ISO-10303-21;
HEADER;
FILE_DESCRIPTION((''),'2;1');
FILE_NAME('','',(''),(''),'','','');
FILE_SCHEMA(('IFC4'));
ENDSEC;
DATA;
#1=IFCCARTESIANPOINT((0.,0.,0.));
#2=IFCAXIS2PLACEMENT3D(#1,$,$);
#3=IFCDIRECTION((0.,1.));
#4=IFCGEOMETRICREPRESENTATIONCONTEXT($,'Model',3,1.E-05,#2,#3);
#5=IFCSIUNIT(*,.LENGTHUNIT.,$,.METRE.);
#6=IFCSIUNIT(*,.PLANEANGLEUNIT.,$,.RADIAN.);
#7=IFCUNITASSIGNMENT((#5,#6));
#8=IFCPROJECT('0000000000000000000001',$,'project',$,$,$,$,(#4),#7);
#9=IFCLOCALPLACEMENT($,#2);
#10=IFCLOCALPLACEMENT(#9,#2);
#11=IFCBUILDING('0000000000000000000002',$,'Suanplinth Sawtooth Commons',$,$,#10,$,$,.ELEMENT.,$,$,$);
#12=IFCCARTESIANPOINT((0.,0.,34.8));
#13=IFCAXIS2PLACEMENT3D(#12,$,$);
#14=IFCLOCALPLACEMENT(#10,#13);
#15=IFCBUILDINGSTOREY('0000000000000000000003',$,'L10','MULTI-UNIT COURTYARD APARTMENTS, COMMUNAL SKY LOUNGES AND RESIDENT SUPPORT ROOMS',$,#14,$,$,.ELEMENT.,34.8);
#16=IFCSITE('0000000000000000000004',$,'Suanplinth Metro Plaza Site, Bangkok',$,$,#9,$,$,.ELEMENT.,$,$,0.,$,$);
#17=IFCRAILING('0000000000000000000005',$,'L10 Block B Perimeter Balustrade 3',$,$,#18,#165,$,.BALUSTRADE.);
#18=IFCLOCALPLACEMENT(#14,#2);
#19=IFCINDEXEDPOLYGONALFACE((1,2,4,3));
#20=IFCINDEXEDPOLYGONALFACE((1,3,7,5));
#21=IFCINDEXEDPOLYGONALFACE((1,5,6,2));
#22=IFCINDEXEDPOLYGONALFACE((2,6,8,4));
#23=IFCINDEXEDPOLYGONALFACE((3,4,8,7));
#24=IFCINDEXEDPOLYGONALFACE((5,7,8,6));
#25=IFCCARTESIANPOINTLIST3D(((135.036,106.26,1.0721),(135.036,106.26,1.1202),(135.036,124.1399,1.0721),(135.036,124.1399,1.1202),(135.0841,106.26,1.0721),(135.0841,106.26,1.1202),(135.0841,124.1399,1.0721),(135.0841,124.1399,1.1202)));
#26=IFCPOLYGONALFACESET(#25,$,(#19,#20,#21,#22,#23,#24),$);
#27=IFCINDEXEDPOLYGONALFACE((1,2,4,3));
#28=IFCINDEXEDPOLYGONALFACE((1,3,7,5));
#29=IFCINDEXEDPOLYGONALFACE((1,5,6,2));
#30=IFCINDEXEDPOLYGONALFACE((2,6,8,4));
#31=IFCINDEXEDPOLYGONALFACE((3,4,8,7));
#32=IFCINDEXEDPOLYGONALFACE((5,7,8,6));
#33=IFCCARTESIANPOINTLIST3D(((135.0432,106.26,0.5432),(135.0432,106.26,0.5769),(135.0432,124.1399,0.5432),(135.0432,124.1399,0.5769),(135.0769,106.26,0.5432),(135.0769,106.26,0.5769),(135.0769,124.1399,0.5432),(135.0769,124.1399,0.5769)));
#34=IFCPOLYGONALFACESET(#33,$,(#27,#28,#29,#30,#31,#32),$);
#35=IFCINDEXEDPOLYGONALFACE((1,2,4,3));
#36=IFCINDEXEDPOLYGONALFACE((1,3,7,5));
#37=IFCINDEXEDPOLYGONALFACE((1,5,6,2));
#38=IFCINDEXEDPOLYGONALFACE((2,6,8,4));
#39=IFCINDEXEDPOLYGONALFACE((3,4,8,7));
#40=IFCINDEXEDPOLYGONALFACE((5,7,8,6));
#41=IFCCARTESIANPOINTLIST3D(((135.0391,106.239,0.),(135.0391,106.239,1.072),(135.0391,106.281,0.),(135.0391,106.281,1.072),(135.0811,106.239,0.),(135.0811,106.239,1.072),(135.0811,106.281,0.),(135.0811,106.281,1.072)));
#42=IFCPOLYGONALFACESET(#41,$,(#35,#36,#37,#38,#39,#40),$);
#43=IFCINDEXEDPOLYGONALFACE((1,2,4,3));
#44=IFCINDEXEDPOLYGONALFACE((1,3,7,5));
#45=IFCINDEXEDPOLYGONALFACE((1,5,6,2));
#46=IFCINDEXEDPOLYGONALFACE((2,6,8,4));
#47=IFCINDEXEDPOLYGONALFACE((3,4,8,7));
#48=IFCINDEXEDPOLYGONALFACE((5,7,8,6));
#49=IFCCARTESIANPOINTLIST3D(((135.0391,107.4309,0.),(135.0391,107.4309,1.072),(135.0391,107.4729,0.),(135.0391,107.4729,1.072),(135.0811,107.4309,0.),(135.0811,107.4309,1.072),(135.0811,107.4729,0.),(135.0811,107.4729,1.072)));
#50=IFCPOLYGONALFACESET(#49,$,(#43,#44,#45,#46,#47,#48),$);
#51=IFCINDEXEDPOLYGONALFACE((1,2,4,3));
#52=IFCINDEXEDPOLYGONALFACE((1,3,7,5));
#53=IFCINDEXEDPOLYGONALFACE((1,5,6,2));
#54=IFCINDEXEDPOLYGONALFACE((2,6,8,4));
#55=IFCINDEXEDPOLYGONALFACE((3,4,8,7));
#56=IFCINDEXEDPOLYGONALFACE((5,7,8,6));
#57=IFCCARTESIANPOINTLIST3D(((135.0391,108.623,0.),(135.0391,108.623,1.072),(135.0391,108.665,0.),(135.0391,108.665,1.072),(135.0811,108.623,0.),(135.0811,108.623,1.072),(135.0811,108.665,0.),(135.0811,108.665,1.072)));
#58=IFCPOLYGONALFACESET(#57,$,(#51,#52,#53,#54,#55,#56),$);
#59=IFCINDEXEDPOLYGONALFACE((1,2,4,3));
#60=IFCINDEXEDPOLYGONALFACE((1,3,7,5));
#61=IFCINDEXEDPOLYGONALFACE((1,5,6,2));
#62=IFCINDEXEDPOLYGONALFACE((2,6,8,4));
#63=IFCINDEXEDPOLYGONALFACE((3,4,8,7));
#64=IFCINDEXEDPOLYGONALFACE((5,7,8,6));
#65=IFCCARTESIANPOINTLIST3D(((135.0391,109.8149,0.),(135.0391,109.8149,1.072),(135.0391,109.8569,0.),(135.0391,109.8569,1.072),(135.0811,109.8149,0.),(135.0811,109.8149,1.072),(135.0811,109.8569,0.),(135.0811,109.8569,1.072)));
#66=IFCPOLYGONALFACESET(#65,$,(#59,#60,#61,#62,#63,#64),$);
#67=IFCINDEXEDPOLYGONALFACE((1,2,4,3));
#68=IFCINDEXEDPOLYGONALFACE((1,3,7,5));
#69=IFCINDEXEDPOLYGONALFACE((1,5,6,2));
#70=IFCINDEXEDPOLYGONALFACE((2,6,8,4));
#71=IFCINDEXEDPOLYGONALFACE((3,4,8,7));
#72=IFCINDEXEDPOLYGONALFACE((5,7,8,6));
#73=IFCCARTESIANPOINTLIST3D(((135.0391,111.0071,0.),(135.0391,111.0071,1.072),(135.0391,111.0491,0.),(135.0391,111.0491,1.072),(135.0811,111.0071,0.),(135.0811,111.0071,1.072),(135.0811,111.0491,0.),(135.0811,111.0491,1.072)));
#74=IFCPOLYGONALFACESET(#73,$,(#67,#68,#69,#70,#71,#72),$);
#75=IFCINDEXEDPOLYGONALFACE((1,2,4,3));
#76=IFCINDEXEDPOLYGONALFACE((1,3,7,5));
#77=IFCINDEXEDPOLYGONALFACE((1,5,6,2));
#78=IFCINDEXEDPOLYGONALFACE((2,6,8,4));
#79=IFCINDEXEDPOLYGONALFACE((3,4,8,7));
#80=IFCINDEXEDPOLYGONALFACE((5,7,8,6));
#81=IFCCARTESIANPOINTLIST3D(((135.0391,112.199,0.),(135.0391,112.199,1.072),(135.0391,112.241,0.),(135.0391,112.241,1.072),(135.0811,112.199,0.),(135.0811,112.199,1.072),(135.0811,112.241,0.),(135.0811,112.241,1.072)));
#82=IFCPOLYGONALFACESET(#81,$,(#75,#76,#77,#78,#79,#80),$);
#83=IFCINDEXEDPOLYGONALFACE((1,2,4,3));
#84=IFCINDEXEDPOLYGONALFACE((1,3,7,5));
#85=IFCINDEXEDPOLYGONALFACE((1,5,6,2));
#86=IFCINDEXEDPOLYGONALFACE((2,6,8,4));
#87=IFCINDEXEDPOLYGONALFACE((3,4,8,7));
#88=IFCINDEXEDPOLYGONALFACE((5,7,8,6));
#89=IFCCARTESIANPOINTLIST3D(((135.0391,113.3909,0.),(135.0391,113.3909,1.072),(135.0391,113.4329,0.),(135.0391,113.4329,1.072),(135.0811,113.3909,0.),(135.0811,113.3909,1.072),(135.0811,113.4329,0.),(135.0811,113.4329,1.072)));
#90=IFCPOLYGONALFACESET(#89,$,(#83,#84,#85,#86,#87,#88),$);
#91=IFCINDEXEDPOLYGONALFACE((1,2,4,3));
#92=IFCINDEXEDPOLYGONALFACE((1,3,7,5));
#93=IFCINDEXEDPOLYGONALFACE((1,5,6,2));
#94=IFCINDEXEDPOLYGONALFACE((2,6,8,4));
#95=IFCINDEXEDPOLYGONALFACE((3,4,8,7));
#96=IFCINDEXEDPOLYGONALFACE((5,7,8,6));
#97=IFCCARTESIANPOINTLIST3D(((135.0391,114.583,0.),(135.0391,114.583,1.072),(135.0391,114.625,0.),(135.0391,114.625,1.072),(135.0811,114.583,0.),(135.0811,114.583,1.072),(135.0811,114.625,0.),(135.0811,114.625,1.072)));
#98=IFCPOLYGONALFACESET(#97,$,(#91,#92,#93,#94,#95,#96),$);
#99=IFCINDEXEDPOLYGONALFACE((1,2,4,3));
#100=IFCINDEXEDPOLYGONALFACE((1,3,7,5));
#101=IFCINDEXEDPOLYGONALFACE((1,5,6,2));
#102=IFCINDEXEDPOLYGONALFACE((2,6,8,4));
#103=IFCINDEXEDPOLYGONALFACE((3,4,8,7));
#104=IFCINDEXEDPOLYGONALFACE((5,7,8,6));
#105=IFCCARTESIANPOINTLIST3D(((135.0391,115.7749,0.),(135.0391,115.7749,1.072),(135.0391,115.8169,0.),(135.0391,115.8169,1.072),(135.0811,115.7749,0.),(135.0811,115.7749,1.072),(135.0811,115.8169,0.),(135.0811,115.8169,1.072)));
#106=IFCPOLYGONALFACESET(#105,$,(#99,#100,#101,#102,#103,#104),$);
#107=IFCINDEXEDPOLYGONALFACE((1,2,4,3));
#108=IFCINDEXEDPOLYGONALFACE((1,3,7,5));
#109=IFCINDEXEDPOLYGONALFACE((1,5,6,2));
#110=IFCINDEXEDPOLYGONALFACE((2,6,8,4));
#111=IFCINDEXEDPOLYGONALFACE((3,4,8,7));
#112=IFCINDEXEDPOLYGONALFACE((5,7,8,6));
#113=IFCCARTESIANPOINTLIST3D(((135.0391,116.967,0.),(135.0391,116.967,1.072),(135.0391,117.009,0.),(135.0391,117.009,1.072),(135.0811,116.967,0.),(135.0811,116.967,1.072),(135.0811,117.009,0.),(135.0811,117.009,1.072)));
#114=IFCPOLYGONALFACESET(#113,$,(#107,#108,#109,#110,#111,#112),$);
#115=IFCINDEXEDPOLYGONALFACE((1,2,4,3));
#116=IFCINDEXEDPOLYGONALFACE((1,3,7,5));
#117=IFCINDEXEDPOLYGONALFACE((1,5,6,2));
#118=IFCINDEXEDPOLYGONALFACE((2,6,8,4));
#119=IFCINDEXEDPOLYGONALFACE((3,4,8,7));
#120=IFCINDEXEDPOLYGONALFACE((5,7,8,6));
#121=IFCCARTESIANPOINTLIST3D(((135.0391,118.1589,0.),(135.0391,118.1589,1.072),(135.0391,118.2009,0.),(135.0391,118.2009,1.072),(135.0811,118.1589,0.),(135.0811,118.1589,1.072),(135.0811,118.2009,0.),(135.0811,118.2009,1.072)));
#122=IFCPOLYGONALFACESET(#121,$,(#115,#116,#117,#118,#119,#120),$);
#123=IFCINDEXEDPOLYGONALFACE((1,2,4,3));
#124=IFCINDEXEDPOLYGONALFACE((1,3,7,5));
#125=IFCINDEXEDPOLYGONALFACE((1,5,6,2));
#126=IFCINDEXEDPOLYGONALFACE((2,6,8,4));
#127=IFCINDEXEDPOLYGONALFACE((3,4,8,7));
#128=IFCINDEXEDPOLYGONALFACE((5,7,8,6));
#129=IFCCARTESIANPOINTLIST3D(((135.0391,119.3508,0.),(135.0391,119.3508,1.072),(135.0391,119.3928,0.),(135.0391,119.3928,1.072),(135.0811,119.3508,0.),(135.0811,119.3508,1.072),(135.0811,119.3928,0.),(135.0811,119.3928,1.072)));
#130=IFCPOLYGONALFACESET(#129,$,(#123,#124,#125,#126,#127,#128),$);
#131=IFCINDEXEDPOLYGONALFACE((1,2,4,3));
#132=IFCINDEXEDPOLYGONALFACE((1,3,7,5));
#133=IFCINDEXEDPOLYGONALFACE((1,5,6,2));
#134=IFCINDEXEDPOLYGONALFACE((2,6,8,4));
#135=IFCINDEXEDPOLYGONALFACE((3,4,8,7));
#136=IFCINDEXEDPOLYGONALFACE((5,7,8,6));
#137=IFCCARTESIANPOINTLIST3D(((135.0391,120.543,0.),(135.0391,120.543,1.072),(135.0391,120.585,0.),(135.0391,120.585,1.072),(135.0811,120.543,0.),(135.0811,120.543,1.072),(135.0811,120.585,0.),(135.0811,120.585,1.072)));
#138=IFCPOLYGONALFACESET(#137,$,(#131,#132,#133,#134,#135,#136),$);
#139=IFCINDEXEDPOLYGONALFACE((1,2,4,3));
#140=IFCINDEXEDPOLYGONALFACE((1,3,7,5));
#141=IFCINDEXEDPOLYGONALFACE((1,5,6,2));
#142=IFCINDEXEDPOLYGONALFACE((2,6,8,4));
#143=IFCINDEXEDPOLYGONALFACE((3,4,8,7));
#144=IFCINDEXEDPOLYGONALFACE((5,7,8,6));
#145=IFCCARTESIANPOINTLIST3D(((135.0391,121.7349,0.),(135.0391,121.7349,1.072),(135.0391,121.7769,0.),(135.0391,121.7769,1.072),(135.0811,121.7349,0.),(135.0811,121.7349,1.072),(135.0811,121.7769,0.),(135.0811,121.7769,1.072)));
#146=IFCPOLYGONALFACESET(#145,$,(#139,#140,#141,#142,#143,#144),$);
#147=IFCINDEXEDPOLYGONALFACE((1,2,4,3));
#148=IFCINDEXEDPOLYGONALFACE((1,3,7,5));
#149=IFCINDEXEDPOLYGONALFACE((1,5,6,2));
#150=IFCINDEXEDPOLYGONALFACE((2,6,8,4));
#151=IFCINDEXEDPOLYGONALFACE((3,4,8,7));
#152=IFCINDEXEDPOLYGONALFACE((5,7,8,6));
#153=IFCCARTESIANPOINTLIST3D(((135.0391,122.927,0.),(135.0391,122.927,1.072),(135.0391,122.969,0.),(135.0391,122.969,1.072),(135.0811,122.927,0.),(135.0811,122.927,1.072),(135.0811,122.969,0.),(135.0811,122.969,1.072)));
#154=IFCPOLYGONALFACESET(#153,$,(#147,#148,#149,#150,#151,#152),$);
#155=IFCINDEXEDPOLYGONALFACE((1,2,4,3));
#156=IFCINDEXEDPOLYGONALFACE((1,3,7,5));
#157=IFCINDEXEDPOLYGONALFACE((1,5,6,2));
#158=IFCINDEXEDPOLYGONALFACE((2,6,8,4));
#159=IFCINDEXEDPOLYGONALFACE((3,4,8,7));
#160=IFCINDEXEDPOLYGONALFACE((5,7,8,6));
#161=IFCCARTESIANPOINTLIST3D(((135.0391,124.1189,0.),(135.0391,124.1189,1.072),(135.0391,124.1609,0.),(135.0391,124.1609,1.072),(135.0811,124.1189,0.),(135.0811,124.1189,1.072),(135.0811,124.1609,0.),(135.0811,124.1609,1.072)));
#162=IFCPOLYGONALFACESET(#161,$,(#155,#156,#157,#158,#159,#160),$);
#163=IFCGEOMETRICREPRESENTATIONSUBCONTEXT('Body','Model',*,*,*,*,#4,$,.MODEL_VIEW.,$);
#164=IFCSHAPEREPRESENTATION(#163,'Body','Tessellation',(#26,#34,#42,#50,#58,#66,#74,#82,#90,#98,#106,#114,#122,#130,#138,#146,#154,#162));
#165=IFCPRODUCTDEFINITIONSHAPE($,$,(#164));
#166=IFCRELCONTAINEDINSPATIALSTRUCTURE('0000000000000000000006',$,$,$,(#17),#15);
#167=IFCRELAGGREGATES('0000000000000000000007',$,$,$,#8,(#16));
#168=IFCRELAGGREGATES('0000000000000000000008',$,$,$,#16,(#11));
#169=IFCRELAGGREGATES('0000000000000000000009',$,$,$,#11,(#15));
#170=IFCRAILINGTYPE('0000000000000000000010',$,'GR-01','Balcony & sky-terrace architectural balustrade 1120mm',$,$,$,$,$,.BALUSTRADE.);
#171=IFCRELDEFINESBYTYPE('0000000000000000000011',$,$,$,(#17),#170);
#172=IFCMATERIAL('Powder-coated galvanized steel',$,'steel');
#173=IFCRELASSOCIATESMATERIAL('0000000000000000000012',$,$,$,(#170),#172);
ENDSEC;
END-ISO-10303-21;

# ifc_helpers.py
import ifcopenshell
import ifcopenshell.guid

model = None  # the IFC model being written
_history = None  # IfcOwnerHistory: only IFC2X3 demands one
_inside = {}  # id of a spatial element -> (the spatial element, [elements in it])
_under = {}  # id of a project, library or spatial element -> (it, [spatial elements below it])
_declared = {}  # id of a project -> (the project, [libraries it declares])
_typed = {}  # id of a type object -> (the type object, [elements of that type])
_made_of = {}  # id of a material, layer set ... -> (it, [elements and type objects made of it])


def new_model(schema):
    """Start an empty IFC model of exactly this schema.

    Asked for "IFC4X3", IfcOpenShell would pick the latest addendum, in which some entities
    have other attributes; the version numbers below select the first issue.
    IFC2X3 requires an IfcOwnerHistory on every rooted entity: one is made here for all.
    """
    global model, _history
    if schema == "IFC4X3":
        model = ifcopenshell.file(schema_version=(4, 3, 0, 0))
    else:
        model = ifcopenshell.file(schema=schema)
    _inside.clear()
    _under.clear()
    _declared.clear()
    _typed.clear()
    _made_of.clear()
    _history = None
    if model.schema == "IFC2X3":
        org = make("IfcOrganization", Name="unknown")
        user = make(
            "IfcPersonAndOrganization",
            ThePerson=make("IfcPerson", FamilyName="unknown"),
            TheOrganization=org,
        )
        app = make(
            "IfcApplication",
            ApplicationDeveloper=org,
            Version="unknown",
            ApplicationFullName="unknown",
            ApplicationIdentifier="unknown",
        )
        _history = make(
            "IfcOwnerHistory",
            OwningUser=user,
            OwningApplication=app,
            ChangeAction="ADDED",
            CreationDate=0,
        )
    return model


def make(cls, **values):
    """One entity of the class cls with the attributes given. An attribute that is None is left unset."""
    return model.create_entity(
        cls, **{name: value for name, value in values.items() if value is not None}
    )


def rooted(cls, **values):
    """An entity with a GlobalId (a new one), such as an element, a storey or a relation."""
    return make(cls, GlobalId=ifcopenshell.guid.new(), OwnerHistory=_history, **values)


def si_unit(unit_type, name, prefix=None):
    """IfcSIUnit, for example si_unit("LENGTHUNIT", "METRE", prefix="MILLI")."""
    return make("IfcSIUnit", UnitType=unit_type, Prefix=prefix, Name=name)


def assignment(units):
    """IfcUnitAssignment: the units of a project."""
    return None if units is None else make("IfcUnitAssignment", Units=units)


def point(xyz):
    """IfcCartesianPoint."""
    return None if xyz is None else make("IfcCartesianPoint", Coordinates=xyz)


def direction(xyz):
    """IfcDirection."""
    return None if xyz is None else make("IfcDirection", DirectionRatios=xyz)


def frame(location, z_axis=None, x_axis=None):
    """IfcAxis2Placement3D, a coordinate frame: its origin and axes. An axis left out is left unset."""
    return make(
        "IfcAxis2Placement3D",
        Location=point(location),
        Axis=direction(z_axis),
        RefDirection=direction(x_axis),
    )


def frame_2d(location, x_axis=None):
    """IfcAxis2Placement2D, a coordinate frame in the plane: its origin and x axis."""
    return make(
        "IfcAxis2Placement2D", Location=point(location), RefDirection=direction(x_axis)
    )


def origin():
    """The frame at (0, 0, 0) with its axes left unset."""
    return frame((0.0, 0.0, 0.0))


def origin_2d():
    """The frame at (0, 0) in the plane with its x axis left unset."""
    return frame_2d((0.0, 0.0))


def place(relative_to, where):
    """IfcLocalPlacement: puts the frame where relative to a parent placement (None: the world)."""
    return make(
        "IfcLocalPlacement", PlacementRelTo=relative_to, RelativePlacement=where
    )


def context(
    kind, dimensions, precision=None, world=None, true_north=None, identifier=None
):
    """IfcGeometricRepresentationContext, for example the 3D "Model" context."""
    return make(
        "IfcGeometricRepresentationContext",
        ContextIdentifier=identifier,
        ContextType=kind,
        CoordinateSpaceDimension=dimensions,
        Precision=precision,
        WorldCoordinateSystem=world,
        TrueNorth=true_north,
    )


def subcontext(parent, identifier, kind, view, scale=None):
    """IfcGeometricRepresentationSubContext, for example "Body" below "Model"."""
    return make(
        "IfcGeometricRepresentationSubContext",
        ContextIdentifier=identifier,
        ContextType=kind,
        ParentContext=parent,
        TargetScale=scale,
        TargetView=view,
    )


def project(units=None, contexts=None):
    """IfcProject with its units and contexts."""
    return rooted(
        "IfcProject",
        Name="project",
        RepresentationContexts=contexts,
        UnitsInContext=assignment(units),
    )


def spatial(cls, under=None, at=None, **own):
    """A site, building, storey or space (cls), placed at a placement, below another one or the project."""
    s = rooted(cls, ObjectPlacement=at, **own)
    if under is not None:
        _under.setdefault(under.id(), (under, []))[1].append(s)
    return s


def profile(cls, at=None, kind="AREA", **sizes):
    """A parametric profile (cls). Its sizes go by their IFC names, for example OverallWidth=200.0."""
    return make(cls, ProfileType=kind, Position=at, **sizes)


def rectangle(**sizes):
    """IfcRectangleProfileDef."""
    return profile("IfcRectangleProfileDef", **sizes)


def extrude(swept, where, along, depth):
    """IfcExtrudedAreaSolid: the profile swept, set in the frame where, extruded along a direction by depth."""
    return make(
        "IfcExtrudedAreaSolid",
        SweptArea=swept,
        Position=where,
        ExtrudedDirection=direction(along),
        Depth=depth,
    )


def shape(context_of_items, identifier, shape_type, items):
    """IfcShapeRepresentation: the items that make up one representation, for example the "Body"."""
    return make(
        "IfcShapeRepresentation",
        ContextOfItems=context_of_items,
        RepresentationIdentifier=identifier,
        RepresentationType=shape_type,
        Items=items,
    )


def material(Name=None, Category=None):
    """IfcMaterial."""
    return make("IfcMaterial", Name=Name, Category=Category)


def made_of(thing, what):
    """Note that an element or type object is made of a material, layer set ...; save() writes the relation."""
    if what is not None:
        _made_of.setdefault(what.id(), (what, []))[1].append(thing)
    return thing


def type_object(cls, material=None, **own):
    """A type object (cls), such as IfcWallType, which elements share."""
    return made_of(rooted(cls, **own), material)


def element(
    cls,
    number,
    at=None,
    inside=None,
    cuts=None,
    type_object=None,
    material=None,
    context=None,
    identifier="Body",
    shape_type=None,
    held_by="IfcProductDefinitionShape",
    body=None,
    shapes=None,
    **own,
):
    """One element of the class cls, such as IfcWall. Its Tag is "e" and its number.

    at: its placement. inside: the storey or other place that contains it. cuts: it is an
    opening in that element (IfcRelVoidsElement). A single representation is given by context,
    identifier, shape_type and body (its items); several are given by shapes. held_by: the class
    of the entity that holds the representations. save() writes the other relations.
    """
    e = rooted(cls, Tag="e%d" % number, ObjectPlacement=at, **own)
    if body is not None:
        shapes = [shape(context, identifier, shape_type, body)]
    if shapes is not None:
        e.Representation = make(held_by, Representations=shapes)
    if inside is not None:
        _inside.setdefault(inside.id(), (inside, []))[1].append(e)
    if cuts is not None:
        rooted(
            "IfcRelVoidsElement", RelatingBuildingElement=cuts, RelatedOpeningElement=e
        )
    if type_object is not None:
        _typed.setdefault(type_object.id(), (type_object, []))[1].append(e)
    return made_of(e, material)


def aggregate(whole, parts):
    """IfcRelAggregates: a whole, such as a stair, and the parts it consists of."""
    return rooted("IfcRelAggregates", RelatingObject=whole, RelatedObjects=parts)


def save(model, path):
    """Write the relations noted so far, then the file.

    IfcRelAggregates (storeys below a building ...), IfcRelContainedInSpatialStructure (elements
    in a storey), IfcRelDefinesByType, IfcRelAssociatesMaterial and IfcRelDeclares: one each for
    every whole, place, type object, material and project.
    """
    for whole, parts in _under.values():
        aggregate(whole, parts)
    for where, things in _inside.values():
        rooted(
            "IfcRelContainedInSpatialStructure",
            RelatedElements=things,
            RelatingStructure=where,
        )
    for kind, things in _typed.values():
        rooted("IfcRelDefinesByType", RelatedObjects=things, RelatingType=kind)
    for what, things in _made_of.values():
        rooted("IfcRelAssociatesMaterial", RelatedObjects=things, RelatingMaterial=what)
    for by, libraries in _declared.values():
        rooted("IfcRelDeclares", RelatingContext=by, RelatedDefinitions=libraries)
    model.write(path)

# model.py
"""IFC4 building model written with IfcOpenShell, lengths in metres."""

from ifc_helpers import new_model, si_unit, direction, frame, origin, origin_2d, place, context, subcontext, project, spatial, rectangle, extrude, material, type_object, element, save


model = new_model("IFC4")

# Units and contexts
model_context = context("Model", 3, precision=1e-05, world=origin(), true_north=direction((0.0, 1.0)))
body_context = subcontext(model_context, "Body", "Model", "MODEL_VIEW")
ifc_project = project(units=[si_unit("LENGTHUNIT", "METRE"), si_unit("PLANEANGLEUNIT", "RADIAN")], contexts=[model_context])

# Site, building, storey
site_placement = place(None, origin())
site = spatial("IfcSite", under=ifc_project, at=site_placement, Name="Suanplinth Metro Plaza Site, Bangkok", CompositionType="ELEMENT", RefElevation=0.0)
building_placement = place(site_placement, origin())
building = spatial("IfcBuilding", under=site, at=building_placement, Name="Suanplinth Sawtooth Commons", CompositionType="ELEMENT")
storey_placement = place(building_placement, frame((0.0, 0.0, 34.8)))
storey = spatial("IfcBuildingStorey", under=building, at=storey_placement, Name="L10", Description="MULTI-UNIT COURTYARD APARTMENTS, COMMUNAL SKY LOUNGES AND RESIDENT SUPPORT ROOMS", CompositionType="ELEMENT", Elevation=34.8)

# Railing
ifc_material_1 = material(Name="Powder-coated galvanized steel", Category="steel")
railing_type = type_object("IfcRailingType", Name="GR-01", Description="Balcony & sky-terrace architectural balustrade 1120mm", PredefinedType="BALUSTRADE", material=ifc_material_1)
railing_1_placement = place(storey_placement, frame((135.0601, 106.26, 0.0)))
element("IfcRailing", 1, at=railing_1_placement, inside=storey, type_object=railing_type, Name="L10 Block B Perimeter Balustrade 3", PredefinedType="BALUSTRADE", context=body_context, shape_type="SweptSolid", body=[
    extrude(rectangle(XDim=0.0481, YDim=0.0481, at=origin_2d()), frame((0.0, 0.0, 1.0962), z_axis=(0.0, 1.0, 0.0), x_axis=(-1.0, 0.0, 0.0)), (0.0, 0.0, 1.0), 17.8799),
    extrude(rectangle(XDim=0.0337, YDim=0.0337, at=origin_2d()), frame((0.0, 0.0, 0.5601), z_axis=(0.0, 1.0, 0.0), x_axis=(-1.0, 0.0, 0.0)), (0.0, 0.0, 1.0), 17.8799),
    extrude(rectangle(XDim=0.042, YDim=0.042, at=origin_2d()), origin(), (0.0, 0.0, 1.0), 1.072),
    extrude(rectangle(XDim=0.042, YDim=0.042, at=origin_2d()), frame((0.0, 1.1919, 0.0)), (0.0, 0.0, 1.0), 1.072),
    extrude(rectangle(XDim=0.042, YDim=0.042, at=origin_2d()), frame((0.0, 2.384, 0.0)), (0.0, 0.0, 1.0), 1.072),
    extrude(rectangle(XDim=0.042, YDim=0.042, at=origin_2d()), frame((0.0, 3.5759, 0.0)), (0.0, 0.0, 1.0), 1.072),
    extrude(rectangle(XDim=0.042, YDim=0.042, at=origin_2d()), frame((0.0, 4.7681, 0.0)), (0.0, 0.0, 1.0), 1.072),
    extrude(rectangle(XDim=0.042, YDim=0.042, at=origin_2d()), frame((0.0, 5.96, 0.0)), (0.0, 0.0, 1.0), 1.072),
    extrude(rectangle(XDim=0.042, YDim=0.042, at=origin_2d()), frame((0.0, 7.1519, 0.0)), (0.0, 0.0, 1.0), 1.072),
    extrude(rectangle(XDim=0.042, YDim=0.042, at=origin_2d()), frame((0.0, 8.344, 0.0)), (0.0, 0.0, 1.0), 1.072),
    extrude(rectangle(XDim=0.042, YDim=0.042, at=origin_2d()), frame((0.0, 9.5359, 0.0)), (0.0, 0.0, 1.0), 1.072),
    extrude(rectangle(XDim=0.042, YDim=0.042, at=origin_2d()), frame((0.0, 10.728, 0.0)), (0.0, 0.0, 1.0), 1.072),
    extrude(rectangle(XDim=0.042, YDim=0.042, at=origin_2d()), frame((0.0, 11.9199, 0.0)), (0.0, 0.0, 1.0), 1.072),
    extrude(rectangle(XDim=0.042, YDim=0.042, at=origin_2d()), frame((0.0, 13.1118, 0.0)), (0.0, 0.0, 1.0), 1.072),
    extrude(rectangle(XDim=0.042, YDim=0.042, at=origin_2d()), frame((0.0, 14.304, 0.0)), (0.0, 0.0, 1.0), 1.072),
    extrude(rectangle(XDim=0.042, YDim=0.042, at=origin_2d()), frame((0.0, 15.4958, 0.0)), (0.0, 0.0, 1.0), 1.072),
    extrude(rectangle(XDim=0.042, YDim=0.042, at=origin_2d()), frame((0.0, 16.688, 0.0)), (0.0, 0.0, 1.0), 1.072),
    extrude(rectangle(XDim=0.042, YDim=0.042, at=origin_2d()), frame((0.0, 17.8799, 0.0)), (0.0, 0.0, 1.0), 1.072),
])

save(model, "model.ifc")
